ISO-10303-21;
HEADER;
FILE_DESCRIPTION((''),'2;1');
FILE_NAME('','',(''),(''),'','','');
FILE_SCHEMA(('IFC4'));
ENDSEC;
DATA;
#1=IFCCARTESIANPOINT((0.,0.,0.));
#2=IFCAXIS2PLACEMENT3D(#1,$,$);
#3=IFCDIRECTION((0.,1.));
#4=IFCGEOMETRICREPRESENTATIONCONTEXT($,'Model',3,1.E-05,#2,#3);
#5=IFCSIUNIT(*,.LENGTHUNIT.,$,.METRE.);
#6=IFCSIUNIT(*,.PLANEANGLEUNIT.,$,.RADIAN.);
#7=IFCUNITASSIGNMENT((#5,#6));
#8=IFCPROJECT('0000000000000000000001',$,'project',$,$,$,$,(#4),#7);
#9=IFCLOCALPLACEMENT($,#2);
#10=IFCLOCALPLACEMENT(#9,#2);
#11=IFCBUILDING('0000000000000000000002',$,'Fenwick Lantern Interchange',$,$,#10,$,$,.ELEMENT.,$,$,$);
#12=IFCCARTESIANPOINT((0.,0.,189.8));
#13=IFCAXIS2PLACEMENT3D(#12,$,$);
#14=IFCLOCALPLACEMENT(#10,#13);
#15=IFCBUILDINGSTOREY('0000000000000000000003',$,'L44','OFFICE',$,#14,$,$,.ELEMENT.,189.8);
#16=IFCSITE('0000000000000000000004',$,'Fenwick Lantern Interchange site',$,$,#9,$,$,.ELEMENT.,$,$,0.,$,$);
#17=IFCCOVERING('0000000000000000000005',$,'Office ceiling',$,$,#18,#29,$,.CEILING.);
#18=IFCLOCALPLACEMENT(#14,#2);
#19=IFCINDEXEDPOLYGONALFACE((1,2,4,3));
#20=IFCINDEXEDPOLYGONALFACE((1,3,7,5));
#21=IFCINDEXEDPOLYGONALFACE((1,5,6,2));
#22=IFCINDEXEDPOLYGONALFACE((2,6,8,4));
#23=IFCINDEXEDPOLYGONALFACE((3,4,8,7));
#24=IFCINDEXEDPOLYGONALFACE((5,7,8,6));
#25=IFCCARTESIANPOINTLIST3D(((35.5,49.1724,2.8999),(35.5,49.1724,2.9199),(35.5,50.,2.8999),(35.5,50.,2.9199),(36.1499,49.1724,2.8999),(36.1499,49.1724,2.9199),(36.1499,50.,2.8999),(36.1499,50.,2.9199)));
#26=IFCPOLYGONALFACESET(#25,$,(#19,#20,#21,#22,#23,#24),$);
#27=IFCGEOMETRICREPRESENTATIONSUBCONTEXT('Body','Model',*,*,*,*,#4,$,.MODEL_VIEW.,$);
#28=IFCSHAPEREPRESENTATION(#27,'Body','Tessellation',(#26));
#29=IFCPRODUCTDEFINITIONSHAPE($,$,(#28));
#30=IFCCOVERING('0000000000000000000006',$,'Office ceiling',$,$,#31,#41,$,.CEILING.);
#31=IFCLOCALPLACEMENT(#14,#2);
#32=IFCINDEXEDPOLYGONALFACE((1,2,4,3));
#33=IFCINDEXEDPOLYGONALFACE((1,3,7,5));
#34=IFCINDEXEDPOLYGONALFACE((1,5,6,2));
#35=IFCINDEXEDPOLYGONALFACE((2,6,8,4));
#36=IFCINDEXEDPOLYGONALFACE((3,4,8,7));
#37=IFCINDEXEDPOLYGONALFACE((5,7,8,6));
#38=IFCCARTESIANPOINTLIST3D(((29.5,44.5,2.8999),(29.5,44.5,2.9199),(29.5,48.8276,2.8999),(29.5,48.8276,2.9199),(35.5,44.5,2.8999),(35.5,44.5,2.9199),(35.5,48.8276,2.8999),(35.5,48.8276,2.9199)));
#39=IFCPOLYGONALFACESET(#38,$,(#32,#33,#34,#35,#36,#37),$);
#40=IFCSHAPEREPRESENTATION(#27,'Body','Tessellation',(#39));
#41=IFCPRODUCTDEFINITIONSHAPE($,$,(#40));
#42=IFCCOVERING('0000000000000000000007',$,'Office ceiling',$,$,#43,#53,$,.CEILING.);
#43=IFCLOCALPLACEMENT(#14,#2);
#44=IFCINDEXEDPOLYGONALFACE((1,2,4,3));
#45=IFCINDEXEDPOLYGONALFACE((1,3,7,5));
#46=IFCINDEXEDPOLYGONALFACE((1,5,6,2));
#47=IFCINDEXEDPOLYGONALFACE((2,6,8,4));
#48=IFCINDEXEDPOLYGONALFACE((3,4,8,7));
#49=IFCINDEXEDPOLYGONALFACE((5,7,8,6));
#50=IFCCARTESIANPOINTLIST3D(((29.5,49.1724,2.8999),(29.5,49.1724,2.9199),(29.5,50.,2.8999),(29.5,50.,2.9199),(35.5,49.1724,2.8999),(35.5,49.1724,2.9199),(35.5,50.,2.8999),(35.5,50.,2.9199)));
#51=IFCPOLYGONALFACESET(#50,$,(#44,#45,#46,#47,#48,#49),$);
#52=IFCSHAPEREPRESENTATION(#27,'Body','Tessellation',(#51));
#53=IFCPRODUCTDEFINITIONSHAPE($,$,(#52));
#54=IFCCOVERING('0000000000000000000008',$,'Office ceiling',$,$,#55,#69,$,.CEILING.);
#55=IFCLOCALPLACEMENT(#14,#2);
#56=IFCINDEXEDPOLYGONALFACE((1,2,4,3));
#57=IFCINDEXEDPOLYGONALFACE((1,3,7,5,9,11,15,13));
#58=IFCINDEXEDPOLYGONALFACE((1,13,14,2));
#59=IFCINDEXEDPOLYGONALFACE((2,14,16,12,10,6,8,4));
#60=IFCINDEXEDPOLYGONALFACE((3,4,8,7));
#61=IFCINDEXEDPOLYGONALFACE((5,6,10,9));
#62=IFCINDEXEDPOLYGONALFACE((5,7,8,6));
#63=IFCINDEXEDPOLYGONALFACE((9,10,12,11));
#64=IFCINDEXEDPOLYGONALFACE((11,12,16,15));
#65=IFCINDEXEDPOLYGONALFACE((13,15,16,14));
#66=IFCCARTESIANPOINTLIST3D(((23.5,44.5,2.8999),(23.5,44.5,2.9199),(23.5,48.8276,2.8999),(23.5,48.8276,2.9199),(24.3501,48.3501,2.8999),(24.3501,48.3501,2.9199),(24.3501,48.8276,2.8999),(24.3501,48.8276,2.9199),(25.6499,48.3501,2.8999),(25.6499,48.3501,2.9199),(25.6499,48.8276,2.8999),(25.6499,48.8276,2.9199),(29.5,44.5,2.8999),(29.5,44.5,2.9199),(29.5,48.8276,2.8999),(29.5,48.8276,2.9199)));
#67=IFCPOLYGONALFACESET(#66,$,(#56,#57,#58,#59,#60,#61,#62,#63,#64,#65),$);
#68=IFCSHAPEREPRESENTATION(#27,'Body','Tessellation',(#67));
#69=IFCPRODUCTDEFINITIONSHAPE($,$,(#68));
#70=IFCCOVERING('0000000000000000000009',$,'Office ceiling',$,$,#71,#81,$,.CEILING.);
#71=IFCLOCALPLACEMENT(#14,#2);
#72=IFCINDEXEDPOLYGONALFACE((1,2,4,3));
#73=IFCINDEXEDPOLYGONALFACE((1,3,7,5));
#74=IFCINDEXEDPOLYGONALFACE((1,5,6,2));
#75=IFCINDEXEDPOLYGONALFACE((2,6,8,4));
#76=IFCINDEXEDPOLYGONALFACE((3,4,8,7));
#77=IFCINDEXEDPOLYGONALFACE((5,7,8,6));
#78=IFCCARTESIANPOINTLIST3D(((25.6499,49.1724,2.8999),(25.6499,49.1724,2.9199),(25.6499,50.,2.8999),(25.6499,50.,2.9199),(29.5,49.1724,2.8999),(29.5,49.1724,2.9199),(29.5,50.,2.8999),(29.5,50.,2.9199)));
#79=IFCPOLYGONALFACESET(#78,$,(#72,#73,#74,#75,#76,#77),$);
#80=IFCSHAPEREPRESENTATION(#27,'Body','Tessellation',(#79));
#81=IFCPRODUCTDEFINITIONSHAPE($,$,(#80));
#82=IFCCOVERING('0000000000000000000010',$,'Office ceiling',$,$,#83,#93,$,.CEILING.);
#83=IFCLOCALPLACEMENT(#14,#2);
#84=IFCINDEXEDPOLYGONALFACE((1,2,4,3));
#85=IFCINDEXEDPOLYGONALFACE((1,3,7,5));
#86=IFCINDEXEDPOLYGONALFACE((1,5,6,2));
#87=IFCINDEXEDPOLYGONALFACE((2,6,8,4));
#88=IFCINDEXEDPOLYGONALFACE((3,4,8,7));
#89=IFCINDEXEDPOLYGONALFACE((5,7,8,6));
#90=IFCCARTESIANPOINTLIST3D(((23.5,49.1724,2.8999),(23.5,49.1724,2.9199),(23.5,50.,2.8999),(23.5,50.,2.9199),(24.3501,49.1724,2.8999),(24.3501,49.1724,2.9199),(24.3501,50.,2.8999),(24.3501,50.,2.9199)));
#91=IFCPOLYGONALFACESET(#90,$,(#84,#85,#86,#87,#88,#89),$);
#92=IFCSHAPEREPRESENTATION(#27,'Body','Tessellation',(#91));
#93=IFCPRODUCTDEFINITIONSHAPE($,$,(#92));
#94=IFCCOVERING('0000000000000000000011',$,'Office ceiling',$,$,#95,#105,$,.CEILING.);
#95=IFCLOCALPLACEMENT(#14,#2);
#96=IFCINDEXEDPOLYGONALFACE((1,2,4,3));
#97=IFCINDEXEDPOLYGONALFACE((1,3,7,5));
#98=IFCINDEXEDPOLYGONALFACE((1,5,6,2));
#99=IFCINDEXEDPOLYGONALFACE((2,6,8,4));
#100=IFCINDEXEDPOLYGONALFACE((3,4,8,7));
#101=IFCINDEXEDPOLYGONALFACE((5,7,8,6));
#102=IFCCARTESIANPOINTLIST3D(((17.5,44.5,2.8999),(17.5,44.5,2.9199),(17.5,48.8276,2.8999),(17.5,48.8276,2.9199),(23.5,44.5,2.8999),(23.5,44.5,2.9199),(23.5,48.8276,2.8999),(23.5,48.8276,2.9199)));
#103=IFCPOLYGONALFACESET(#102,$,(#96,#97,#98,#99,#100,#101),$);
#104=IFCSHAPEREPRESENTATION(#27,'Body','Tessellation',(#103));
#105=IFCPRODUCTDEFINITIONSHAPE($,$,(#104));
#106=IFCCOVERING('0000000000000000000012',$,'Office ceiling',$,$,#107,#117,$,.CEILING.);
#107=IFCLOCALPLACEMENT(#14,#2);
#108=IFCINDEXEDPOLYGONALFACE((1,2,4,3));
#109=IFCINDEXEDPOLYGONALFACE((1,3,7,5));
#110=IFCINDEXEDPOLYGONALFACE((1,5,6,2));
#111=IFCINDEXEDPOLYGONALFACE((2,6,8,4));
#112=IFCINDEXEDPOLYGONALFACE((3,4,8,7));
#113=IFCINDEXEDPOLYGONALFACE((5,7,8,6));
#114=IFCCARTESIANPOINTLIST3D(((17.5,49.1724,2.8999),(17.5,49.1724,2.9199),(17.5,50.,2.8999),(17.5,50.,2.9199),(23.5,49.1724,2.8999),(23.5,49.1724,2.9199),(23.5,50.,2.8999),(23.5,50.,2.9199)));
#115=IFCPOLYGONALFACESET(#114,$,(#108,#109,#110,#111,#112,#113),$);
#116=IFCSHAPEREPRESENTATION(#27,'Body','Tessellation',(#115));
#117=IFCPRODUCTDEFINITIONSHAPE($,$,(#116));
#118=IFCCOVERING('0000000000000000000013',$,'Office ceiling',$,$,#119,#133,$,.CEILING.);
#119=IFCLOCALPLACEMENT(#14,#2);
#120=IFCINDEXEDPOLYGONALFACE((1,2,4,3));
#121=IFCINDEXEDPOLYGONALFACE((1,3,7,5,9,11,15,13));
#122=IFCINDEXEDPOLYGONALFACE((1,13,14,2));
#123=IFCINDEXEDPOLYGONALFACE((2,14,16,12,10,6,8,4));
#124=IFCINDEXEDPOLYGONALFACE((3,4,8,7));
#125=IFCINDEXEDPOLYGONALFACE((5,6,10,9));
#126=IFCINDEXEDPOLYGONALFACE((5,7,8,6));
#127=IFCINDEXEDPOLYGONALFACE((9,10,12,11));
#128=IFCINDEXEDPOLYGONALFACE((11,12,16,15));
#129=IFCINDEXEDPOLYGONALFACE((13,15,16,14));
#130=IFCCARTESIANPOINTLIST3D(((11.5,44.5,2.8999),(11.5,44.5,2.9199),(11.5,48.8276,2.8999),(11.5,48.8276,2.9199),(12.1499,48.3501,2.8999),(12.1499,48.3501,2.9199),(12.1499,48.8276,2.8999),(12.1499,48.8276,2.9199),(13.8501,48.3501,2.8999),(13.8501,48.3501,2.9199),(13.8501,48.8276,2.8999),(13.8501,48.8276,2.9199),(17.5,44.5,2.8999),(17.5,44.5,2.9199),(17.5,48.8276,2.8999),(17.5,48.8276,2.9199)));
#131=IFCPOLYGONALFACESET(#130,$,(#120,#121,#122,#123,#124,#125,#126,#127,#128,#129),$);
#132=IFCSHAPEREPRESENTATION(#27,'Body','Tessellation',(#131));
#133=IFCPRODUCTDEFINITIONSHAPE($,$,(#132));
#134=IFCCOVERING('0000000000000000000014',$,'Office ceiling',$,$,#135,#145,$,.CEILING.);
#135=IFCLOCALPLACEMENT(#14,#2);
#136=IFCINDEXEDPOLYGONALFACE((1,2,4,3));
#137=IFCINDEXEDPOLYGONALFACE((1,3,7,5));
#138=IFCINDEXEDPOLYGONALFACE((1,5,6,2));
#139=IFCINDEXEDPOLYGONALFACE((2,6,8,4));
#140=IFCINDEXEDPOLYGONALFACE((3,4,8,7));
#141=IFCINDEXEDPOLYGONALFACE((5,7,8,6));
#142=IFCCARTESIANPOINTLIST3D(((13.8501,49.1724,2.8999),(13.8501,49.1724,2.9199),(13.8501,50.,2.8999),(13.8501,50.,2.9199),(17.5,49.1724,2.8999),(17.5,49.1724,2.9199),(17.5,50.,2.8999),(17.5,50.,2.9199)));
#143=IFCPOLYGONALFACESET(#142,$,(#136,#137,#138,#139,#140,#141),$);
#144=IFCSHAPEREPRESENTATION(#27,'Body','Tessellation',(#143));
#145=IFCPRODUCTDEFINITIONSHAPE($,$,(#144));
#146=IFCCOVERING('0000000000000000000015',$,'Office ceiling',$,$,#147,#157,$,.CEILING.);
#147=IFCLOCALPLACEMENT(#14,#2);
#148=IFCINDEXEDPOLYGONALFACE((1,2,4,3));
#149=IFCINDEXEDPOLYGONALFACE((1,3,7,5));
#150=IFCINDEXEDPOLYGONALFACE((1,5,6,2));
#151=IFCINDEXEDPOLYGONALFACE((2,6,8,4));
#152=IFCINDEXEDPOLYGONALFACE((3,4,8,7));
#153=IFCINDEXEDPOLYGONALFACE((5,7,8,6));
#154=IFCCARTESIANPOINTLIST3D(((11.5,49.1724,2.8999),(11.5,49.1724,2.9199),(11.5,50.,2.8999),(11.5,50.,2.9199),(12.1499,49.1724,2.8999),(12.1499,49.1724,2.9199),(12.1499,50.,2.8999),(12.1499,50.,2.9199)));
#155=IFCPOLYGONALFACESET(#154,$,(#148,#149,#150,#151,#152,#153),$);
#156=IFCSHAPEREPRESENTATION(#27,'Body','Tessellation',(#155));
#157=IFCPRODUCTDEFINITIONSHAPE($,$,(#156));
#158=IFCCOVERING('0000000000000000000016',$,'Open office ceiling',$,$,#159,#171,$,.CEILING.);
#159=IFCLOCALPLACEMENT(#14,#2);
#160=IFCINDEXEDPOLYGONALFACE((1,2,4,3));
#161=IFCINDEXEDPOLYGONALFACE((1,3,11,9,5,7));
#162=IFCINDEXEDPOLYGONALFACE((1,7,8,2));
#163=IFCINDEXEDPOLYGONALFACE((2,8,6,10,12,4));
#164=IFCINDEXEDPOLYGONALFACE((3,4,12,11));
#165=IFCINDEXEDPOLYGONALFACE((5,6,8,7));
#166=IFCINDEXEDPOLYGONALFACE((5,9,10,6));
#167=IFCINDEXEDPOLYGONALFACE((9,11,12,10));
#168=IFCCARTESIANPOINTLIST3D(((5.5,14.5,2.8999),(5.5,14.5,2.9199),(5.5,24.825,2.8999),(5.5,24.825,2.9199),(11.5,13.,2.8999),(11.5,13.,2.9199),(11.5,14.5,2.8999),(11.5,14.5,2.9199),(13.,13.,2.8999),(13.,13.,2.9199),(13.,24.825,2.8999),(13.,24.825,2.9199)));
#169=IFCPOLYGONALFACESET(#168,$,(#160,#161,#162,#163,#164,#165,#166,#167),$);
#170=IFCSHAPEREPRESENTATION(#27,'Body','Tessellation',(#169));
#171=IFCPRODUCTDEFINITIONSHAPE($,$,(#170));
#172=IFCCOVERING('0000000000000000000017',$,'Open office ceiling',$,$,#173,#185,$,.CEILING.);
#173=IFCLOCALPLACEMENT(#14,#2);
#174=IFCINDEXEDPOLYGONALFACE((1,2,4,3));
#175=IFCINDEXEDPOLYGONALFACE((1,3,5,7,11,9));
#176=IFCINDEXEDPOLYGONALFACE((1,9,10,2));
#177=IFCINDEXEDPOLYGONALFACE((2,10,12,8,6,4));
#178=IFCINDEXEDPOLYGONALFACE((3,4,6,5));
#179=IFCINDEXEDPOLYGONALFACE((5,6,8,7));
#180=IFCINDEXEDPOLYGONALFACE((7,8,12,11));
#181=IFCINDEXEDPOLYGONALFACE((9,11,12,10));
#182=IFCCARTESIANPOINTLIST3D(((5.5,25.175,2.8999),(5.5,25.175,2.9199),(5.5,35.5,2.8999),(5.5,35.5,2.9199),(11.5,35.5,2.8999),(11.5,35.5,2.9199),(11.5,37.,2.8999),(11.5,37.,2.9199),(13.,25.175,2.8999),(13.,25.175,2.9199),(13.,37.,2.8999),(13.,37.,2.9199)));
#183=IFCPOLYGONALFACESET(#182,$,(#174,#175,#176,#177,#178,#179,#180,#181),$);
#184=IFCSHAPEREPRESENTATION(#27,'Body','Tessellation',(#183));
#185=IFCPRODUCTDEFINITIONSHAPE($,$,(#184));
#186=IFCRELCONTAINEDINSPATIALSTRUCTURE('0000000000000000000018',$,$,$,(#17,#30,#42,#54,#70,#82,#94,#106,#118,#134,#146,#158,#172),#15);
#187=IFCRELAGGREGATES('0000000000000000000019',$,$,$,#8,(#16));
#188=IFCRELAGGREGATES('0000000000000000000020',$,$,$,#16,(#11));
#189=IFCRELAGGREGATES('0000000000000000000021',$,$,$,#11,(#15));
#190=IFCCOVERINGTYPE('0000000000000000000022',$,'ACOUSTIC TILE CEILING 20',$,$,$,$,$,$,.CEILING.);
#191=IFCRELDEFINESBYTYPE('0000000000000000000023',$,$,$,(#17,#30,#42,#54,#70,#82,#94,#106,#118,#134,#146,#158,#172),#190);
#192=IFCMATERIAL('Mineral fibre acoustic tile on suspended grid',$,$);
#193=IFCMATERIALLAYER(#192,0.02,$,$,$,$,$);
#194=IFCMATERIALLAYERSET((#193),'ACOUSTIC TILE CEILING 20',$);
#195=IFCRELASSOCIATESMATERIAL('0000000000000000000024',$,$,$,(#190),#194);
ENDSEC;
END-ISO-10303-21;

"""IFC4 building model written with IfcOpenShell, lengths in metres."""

from ifc_helpers import new_model, si_unit, direction, frame, origin, place, context, subcontext, project, spatial, polyline, outline, extrude, material, layer, layer_set, type_object, element, save


model = new_model("IFC4")

# Units and contexts
model_context = context("Model", 3, precision=1e-05, world=origin(), true_north=direction((0.0, 1.0)))
body_context = subcontext(model_context, "Body", "Model", "MODEL_VIEW")
ifc_project = project(units=[si_unit("LENGTHUNIT", "METRE"), si_unit("PLANEANGLEUNIT", "RADIAN")], contexts=[model_context])

# Site, building, storey
site_placement = place(None, origin())
site = spatial("IfcSite", under=ifc_project, at=site_placement, Name="Fenwick Lantern Interchange site", CompositionType="ELEMENT", RefElevation=0.0)
building_placement = place(site_placement, origin())
building = spatial("IfcBuilding", under=site, at=building_placement, Name="Fenwick Lantern Interchange", CompositionType="ELEMENT")
storey_placement = place(building_placement, frame((0.0, 0.0, 189.8)))
storey = spatial("IfcBuildingStorey", under=building, at=storey_placement, Name="L44", Description="OFFICE", CompositionType="ELEMENT", Elevation=189.8)

# Coverings
ifc_material = material(Name="Mineral fibre acoustic tile on suspended grid")
ifc_layer = layer(ifc_material, 0.02)
ifc_layer_set = layer_set([ifc_layer], Name="ACOUSTIC TILE CEILING 20")
covering_type = type_object("IfcCoveringType", Name="ACOUSTIC TILE CEILING 20", PredefinedType="CEILING", material=ifc_layer_set)
covering_1_placement = place(storey_placement, frame((0.0, 0.0, 2.8999)))
element("IfcCovering", 1, at=covering_1_placement, inside=storey, type_object=covering_type, Name="Office ceiling", PredefinedType="CEILING", context=body_context, shape_type="SweptSolid", body=[
    extrude(outline(polyline([(35.5, 50.0), (35.5, 49.1724), (36.1499, 49.1724), (36.1499, 50.0), (35.5, 50.0)])), origin(), (0.0, 0.0, 1.0), 0.02),
])
covering_2_placement = place(storey_placement, frame((0.0, 0.0, 2.8999)))
element("IfcCovering", 2, at=covering_2_placement, inside=storey, type_object=covering_type, Name="Office ceiling", PredefinedType="CEILING", context=body_context, shape_type="SweptSolid", body=[
    extrude(outline(polyline([(35.5, 44.5), (35.5, 48.8276), (29.5, 48.8276), (29.5, 44.5), (35.5, 44.5)])), origin(), (0.0, 0.0, 1.0), 0.02),
])
covering_3_placement = place(storey_placement, frame((0.0, 0.0, 2.8999)))
element("IfcCovering", 3, at=covering_3_placement, inside=storey, type_object=covering_type, Name="Office ceiling", PredefinedType="CEILING", context=body_context, shape_type="SweptSolid", body=[
    extrude(outline(polyline([(29.5, 50.0), (29.5, 49.1724), (35.5, 49.1724), (35.5, 50.0), (29.5, 50.0)])), origin(), (0.0, 0.0, 1.0), 0.02),
])
covering_4_placement = place(storey_placement, frame((0.0, 0.0, 2.8999)))
element("IfcCovering", 4, at=covering_4_placement, inside=storey, type_object=covering_type, Name="Office ceiling", PredefinedType="CEILING", context=body_context, shape_type="SweptSolid", body=[
    extrude(outline(polyline([(29.5, 44.5), (29.5, 48.8276), (25.6499, 48.8276), (25.6499, 48.3501), (24.3501, 48.3501), (24.3501, 48.8276), (23.5, 48.8276), (23.5, 44.5), (29.5, 44.5)])), origin(), (0.0, 0.0, 1.0), 0.02),
])
covering_5_placement = place(storey_placement, frame((0.0, 0.0, 2.8999)))
element("IfcCovering", 5, at=covering_5_placement, inside=storey, type_object=covering_type, Name="Office ceiling", PredefinedType="CEILING", context=body_context, shape_type="SweptSolid", body=[
    extrude(outline(polyline([(29.5, 49.1724), (29.5, 50.0), (25.6499, 50.0), (25.6499, 49.1724), (29.5, 49.1724)])), origin(), (0.0, 0.0, 1.0), 0.02),
])
covering_6_placement = place(storey_placement, frame((0.0, 0.0, 2.8999)))
element("IfcCovering", 6, at=covering_6_placement, inside=storey, type_object=covering_type, Name="Office ceiling", PredefinedType="CEILING", context=body_context, shape_type="SweptSolid", body=[
    extrude(outline(polyline([(23.5, 50.0), (23.5, 49.1724), (24.3501, 49.1724), (24.3501, 50.0), (23.5, 50.0)])), origin(), (0.0, 0.0, 1.0), 0.02),
])
covering_7_placement = place(storey_placement, frame((0.0, 0.0, 2.8999)))
element("IfcCovering", 7, at=covering_7_placement, inside=storey, type_object=covering_type, Name="Office ceiling", PredefinedType="CEILING", context=body_context, shape_type="SweptSolid", body=[
    extrude(outline(polyline([(23.5, 44.5), (23.5, 48.8276), (17.5, 48.8276), (17.5, 44.5), (23.5, 44.5)])), origin(), (0.0, 0.0, 1.0), 0.02),
])
covering_8_placement = place(storey_placement, frame((0.0, 0.0, 2.8999)))
element("IfcCovering", 8, at=covering_8_placement, inside=storey, type_object=covering_type, Name="Office ceiling", PredefinedType="CEILING", context=body_context, shape_type="SweptSolid", body=[
    extrude(outline(polyline([(17.5, 50.0), (17.5, 49.1724), (23.5, 49.1724), (23.5, 50.0), (17.5, 50.0)])), origin(), (0.0, 0.0, 1.0), 0.02),
])
covering_9_placement = place(storey_placement, frame((0.0, 0.0, 2.8999)))
element("IfcCovering", 9, at=covering_9_placement, inside=storey, type_object=covering_type, Name="Office ceiling", PredefinedType="CEILING", context=body_context, shape_type="SweptSolid", body=[
    extrude(outline(polyline([(17.5, 44.5), (17.5, 48.8276), (13.8501, 48.8276), (13.8501, 48.3501), (12.1499, 48.3501), (12.1499, 48.8276), (11.5, 48.8276), (11.5, 44.5), (17.5, 44.5)])), origin(), (0.0, 0.0, 1.0), 0.02),
])
covering_10_placement = place(storey_placement, frame((0.0, 0.0, 2.8999)))
element("IfcCovering", 10, at=covering_10_placement, inside=storey, type_object=covering_type, Name="Office ceiling", PredefinedType="CEILING", context=body_context, shape_type="SweptSolid", body=[
    extrude(outline(polyline([(17.5, 49.1724), (17.5, 50.0), (13.8501, 50.0), (13.8501, 49.1724), (17.5, 49.1724)])), origin(), (0.0, 0.0, 1.0), 0.02),
])
covering_11_placement = place(storey_placement, frame((0.0, 0.0, 2.8999)))
element("IfcCovering", 11, at=covering_11_placement, inside=storey, type_object=covering_type, Name="Office ceiling", PredefinedType="CEILING", context=body_context, shape_type="SweptSolid", body=[
    extrude(outline(polyline([(11.5, 50.0), (11.5, 49.1724), (12.1499, 49.1724), (12.1499, 50.0), (11.5, 50.0)])), origin(), (0.0, 0.0, 1.0), 0.02),
])
covering_12_placement = place(storey_placement, frame((0.0, 0.0, 2.8999)))
element("IfcCovering", 12, at=covering_12_placement, inside=storey, type_object=covering_type, Name="Open office ceiling", PredefinedType="CEILING", context=body_context, shape_type="SweptSolid", body=[
    extrude(outline(polyline([(5.5, 24.825), (5.5, 14.5), (11.5, 14.5), (11.5, 13.0), (13.0, 13.0), (13.0, 24.825), (5.5, 24.825)])), origin(), (0.0, 0.0, 1.0), 0.02),
])
covering_13_placement = place(storey_placement, frame((0.0, 0.0, 2.8999)))
element("IfcCovering", 13, at=covering_13_placement, inside=storey, type_object=covering_type, Name="Open office ceiling", PredefinedType="CEILING", context=body_context, shape_type="SweptSolid", body=[
    extrude(outline(polyline([(5.5, 35.5), (5.5, 25.175), (13.0, 25.175), (13.0, 37.0), (11.5, 37.0), (11.5, 35.5), (5.5, 35.5)])), origin(), (0.0, 0.0, 1.0), 0.02),
])

save(model, "model.ifc")
